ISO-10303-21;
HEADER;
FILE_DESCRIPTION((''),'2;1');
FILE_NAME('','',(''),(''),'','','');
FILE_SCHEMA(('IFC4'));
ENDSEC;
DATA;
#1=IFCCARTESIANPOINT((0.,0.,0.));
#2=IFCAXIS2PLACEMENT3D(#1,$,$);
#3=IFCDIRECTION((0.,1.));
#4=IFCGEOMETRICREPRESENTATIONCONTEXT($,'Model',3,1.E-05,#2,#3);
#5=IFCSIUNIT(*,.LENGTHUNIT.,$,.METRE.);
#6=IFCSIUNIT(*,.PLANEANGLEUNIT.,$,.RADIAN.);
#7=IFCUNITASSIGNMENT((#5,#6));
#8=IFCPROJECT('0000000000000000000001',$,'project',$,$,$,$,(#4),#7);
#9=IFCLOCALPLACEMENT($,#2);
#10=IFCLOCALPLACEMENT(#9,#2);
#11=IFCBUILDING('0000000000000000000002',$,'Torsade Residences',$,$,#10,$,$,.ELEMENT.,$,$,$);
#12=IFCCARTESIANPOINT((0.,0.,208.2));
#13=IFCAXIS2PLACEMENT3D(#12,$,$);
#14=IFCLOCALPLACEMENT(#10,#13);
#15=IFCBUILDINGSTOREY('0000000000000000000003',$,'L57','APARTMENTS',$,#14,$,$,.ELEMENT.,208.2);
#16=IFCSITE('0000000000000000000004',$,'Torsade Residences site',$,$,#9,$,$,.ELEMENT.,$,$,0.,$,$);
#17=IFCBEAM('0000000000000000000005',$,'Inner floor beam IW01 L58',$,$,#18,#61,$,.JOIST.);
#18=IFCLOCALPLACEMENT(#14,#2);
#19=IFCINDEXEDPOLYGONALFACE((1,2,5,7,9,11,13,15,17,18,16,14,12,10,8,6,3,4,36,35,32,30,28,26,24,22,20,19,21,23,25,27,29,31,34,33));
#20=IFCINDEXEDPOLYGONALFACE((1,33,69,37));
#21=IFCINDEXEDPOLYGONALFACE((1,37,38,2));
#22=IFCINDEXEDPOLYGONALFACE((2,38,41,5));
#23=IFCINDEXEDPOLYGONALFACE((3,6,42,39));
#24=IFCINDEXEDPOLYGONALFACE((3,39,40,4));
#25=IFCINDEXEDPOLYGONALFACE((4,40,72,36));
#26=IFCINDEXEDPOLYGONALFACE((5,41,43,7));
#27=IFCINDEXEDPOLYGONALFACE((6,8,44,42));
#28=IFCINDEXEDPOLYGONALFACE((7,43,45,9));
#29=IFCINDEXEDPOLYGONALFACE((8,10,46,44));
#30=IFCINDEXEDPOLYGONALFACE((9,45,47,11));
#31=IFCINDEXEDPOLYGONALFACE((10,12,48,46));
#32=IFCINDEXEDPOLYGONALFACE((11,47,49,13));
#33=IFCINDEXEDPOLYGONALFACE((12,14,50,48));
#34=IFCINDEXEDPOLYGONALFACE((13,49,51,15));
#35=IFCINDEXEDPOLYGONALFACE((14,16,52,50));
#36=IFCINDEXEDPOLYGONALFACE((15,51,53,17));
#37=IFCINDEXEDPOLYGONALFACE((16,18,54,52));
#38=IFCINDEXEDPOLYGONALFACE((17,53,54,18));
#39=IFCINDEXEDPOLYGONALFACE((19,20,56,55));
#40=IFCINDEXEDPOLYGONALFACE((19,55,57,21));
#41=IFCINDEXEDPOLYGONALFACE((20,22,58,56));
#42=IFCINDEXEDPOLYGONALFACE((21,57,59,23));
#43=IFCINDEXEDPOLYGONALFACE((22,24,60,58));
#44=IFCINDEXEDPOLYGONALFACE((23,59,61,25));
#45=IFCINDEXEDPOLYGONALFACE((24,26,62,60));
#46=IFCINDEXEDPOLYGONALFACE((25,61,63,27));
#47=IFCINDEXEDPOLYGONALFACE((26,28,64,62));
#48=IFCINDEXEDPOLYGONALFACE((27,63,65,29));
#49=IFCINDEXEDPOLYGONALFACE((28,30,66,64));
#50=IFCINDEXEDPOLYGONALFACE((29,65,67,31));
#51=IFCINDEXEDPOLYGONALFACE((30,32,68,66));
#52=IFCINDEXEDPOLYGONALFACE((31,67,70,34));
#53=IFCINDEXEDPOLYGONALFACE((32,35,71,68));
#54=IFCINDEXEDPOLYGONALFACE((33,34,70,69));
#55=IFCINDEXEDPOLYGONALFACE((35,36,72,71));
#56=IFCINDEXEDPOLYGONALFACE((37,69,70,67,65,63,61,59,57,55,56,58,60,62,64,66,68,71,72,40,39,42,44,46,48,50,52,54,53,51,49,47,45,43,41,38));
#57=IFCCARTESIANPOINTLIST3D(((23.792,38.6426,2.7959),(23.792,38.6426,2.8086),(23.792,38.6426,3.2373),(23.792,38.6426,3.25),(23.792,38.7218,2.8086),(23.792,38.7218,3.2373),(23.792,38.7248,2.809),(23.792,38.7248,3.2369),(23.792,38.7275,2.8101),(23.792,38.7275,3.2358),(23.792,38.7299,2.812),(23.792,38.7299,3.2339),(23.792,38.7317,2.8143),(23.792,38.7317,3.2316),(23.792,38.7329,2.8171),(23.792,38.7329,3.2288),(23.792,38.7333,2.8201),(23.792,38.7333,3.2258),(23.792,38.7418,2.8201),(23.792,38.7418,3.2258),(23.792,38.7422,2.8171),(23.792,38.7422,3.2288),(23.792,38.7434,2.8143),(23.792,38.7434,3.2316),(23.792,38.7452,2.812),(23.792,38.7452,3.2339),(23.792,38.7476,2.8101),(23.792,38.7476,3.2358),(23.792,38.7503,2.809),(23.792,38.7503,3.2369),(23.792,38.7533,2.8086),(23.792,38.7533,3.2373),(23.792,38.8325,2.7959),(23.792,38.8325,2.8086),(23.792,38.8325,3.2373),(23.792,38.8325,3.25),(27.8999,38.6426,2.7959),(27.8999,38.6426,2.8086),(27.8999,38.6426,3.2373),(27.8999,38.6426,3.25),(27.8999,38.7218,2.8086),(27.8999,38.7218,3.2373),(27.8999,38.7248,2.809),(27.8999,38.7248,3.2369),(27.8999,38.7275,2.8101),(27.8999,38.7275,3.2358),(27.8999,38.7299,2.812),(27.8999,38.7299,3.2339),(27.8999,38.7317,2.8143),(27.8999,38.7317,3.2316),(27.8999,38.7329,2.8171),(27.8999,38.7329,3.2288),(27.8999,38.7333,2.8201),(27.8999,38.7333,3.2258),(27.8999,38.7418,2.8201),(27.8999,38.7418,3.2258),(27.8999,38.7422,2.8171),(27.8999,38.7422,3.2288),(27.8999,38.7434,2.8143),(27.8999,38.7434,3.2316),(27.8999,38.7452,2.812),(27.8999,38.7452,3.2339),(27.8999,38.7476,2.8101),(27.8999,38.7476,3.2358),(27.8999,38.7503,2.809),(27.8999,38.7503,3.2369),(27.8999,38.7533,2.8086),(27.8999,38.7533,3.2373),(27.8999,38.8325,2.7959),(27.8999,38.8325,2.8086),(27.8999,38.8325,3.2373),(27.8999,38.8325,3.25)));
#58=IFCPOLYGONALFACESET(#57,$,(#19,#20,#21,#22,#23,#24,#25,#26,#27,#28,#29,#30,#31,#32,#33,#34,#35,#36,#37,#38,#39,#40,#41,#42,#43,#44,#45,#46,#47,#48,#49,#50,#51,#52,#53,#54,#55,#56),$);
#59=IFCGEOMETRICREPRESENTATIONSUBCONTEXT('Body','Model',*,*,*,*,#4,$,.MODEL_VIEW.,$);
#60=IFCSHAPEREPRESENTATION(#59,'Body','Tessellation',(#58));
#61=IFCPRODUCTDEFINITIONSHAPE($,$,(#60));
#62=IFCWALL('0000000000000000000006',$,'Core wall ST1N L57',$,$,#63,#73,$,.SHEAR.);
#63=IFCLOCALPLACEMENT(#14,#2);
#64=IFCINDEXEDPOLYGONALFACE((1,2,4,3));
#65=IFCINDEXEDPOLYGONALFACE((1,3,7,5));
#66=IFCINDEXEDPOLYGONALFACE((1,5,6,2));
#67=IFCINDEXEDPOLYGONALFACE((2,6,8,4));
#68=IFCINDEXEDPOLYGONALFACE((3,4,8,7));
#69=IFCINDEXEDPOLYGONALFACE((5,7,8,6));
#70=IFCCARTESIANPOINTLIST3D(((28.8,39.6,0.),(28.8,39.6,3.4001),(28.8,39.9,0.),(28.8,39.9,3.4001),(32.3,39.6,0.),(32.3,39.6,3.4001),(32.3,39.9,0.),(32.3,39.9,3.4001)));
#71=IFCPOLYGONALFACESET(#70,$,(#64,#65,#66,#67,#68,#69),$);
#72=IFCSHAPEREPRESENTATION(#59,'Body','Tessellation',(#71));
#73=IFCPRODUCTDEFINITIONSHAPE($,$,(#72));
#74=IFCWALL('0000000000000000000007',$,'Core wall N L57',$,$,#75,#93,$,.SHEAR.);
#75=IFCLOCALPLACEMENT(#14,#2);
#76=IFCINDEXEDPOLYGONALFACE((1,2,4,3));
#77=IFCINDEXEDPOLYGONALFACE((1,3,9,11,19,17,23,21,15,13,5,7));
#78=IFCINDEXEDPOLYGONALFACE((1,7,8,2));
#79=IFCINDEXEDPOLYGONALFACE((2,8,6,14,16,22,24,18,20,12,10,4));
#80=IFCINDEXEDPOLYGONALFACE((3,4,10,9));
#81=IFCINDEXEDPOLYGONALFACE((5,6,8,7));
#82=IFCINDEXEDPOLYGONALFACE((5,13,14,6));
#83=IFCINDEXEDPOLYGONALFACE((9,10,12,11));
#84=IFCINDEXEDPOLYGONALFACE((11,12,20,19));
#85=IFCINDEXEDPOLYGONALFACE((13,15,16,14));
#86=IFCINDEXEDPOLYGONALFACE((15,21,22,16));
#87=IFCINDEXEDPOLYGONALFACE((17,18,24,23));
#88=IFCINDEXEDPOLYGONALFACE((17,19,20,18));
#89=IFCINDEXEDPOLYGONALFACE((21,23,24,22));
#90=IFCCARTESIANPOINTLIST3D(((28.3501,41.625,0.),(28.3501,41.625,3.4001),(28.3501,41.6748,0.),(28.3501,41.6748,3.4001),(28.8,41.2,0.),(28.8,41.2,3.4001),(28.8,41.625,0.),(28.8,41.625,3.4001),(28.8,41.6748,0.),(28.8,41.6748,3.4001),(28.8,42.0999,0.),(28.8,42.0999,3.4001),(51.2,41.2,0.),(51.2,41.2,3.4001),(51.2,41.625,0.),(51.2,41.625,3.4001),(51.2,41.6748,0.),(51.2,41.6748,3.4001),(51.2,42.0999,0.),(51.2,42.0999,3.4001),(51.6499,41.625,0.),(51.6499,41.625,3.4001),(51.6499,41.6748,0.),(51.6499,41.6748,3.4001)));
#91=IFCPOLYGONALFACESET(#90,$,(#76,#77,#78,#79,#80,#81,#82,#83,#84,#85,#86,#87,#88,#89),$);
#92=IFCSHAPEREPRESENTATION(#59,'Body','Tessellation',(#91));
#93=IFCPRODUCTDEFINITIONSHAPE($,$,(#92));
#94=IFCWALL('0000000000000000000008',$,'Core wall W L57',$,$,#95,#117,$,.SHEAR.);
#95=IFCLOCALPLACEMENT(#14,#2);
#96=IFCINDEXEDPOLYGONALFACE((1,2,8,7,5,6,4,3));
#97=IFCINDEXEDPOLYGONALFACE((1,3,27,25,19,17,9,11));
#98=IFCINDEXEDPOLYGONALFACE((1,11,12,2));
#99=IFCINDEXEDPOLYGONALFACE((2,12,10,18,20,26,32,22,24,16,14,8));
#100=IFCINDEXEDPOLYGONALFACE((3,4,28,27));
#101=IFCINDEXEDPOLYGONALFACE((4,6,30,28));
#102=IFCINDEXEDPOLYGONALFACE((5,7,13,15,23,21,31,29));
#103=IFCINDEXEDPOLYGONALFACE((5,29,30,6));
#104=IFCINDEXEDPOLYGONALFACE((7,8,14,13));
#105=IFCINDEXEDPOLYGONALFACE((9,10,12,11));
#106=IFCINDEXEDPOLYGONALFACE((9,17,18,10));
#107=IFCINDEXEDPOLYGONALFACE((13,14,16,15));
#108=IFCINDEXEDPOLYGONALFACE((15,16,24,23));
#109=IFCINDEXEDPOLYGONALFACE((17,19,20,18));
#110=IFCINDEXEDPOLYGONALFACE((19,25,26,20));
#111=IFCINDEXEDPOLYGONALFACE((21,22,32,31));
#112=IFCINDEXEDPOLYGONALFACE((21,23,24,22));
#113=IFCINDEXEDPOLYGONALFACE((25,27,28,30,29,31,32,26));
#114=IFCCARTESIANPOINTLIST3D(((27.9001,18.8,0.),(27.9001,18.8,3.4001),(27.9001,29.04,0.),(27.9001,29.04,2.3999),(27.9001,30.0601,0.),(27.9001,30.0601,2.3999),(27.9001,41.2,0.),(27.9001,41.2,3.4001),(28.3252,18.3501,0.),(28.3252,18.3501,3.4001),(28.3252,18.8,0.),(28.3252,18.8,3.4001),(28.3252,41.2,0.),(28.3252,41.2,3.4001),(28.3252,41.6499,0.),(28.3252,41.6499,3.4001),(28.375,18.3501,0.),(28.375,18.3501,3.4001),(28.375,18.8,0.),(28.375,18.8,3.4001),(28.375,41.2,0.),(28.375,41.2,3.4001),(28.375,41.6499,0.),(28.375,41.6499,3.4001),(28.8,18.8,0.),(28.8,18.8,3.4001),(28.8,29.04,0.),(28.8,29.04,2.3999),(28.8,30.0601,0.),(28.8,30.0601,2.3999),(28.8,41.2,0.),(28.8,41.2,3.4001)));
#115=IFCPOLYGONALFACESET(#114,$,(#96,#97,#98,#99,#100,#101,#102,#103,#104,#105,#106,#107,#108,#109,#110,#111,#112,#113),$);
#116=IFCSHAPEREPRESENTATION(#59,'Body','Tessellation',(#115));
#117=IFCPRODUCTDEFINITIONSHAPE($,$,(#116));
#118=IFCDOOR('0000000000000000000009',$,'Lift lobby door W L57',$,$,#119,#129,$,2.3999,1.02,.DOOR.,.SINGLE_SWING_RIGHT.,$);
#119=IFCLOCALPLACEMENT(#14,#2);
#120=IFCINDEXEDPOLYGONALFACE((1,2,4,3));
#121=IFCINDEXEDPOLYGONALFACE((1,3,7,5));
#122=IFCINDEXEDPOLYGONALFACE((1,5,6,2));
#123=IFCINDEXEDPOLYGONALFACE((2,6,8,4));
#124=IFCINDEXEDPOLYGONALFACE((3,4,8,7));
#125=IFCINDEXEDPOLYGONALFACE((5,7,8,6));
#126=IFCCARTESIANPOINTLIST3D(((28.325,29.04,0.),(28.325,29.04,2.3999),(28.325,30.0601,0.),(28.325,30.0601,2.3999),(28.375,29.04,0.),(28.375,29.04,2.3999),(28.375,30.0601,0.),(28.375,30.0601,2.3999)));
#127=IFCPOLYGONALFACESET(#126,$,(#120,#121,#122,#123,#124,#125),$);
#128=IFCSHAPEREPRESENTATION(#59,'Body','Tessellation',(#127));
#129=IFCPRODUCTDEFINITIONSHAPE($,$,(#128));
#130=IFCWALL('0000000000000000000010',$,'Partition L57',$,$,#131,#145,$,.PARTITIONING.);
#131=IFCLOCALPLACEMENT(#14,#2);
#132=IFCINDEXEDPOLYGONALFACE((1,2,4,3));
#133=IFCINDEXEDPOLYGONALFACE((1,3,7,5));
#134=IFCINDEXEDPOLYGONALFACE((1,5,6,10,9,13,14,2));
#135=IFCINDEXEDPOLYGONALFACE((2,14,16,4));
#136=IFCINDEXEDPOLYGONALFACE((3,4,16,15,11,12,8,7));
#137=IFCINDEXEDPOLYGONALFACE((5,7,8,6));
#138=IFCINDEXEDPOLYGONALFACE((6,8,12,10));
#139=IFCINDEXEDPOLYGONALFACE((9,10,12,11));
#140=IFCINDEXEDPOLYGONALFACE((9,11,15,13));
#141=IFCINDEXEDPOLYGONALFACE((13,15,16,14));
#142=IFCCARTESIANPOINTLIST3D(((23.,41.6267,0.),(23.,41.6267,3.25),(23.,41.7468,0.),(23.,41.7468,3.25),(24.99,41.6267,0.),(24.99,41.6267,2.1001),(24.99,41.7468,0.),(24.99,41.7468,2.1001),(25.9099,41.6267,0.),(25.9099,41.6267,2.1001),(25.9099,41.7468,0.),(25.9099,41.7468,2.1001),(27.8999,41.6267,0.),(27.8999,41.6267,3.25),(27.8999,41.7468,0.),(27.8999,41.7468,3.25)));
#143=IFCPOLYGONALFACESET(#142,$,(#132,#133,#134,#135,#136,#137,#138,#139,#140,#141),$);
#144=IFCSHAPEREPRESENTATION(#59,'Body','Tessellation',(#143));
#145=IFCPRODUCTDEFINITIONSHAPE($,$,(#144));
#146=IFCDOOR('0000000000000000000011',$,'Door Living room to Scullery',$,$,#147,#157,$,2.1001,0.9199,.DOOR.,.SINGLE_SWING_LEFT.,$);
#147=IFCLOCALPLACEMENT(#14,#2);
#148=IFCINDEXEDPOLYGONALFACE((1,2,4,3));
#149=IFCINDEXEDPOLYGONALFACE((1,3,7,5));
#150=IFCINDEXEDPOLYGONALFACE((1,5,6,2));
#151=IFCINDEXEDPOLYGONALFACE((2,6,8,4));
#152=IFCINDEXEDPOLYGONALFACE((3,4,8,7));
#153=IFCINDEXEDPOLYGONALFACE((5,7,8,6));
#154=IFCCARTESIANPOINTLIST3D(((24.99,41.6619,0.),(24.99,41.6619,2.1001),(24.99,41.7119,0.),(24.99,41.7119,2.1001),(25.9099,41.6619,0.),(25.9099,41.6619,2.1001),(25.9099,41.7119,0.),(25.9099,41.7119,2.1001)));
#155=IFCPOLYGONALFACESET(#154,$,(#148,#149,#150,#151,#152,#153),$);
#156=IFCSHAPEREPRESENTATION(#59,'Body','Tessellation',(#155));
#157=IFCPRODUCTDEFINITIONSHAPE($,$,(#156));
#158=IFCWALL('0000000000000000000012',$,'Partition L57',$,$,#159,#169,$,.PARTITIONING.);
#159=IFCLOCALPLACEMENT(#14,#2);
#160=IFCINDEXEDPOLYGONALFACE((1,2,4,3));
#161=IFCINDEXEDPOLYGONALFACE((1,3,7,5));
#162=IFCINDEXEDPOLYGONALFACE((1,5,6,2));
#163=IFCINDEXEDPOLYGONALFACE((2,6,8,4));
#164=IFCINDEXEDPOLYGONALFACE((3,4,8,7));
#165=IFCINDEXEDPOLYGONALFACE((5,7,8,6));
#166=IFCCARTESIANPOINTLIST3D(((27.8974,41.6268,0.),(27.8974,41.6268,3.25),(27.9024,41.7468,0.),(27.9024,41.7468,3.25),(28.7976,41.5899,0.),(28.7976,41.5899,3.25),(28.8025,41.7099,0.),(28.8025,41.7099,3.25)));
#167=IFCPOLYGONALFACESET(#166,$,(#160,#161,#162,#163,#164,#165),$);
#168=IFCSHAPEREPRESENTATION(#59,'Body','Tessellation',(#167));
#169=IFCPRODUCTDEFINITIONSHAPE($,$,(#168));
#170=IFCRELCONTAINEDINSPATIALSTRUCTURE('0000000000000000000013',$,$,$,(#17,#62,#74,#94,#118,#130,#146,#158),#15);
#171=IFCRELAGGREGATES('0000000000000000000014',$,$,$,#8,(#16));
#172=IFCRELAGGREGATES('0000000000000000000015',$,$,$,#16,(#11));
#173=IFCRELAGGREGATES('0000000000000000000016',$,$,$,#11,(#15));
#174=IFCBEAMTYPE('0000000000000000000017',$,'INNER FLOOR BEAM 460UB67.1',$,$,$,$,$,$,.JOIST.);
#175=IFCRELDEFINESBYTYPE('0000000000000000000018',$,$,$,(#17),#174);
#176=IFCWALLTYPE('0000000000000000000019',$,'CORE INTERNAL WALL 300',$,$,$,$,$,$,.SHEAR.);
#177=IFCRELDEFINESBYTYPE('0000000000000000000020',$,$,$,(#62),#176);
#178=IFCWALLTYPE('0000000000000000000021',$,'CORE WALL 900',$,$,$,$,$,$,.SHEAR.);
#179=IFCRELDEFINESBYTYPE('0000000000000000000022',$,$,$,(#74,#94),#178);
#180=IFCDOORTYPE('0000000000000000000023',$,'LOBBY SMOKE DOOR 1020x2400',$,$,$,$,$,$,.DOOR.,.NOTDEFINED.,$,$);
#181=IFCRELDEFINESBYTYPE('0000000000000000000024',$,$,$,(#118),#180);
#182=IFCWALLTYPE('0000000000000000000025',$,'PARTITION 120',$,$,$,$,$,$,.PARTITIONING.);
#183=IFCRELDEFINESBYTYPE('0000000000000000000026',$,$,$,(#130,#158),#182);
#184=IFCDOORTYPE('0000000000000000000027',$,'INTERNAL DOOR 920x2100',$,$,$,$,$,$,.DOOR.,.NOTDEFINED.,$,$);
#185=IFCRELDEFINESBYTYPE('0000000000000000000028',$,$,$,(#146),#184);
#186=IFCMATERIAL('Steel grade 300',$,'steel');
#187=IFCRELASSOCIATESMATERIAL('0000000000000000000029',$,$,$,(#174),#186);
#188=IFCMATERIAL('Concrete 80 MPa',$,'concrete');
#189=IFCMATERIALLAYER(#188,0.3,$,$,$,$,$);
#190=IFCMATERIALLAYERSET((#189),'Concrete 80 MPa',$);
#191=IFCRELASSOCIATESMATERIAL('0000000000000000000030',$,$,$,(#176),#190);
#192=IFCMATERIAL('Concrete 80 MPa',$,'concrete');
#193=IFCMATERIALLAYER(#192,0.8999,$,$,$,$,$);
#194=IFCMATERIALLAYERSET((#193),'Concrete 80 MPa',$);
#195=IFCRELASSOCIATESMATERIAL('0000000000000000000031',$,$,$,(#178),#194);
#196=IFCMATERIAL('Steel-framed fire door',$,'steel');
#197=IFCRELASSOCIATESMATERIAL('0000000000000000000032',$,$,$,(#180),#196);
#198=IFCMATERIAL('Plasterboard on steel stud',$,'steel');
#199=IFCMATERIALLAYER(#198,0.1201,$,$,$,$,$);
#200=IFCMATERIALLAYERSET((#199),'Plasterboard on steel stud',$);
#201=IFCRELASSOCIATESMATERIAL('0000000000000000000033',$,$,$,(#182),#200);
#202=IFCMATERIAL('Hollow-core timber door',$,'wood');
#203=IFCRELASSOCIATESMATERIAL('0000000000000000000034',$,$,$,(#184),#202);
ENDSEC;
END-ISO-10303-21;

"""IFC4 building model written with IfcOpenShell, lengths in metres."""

from ifc_helpers import new_model, si_unit, direction, frame, frame_2d, origin, origin_2d, place, context, subcontext, project, spatial, polyline, rectangle, i_section, outline, extrude, material, layer, layer_set, material_profile, profile_set, type_object, element, fill, save


model = new_model("IFC4")

# Units and contexts
model_context = context("Model", 3, precision=1e-05, world=origin(), true_north=direction((0.0, 1.0)))
body_context = subcontext(model_context, "Body", "Model", "MODEL_VIEW")
ifc_project = project(units=[si_unit("LENGTHUNIT", "METRE"), si_unit("PLANEANGLEUNIT", "RADIAN")], contexts=[model_context])

# Site, building, storey
site_placement = place(None, origin())
site = spatial("IfcSite", under=ifc_project, at=site_placement, Name="Torsade Residences site", CompositionType="ELEMENT", RefElevation=0.0)
building_placement = place(site_placement, origin())
building = spatial("IfcBuilding", under=site, at=building_placement, Name="Torsade Residences", CompositionType="ELEMENT")
storey_placement = place(building_placement, frame((0.0, 0.0, 208.2)))
storey = spatial("IfcBuildingStorey", under=building, at=storey_placement, Name="L57", Description="APARTMENTS", CompositionType="ELEMENT", Elevation=208.2)

# Beam
ifc_material_1 = material(Name="Steel grade 300", Category="steel")
ifc_material_profile_1 = material_profile(ifc_material_1, i_section(OverallWidth=0.1899, OverallDepth=0.4541, WebThickness=0.0085, FlangeThickness=0.0127, FilletRadius=0.0115, at=origin_2d()), Name="460UB67.1")
ifc_profile_set_1 = profile_set([ifc_material_profile_1], Name="Steel grade 300")
beam_type = type_object("IfcBeamType", Name="INNER FLOOR BEAM 460UB67.1", PredefinedType="JOIST", material=ifc_profile_set_1)
beam_1_placement = place(storey_placement, frame((27.8999, 38.7375, 3.0229), z_axis=(-1.0, 0.0, 0.0), x_axis=(0.0, -1.0, 0.0)))
element("IfcBeam", 1, at=beam_1_placement, inside=storey, type_object=beam_type, Name="Inner floor beam IW01 L58", PredefinedType="JOIST", context=body_context, shape_type="SweptSolid", body=[
    extrude(i_section(OverallWidth=0.1899, OverallDepth=0.4541, WebThickness=0.0085, FlangeThickness=0.0127, FilletRadius=0.0115, at=origin_2d()), origin(), (0.0, 0.0, 1.0), 4.1079),
])

# Walls
ifc_material_2 = material(Name="Concrete 80 MPa", Category="concrete")
ifc_layer_1 = layer(ifc_material_2, 0.3)
ifc_layer_set_1 = layer_set([ifc_layer_1], Name="Concrete 80 MPa")
wall_type_1 = type_object("IfcWallType", Name="CORE INTERNAL WALL 300", PredefinedType="SHEAR", material=ifc_layer_set_1)
wall_1_placement = place(storey_placement, frame((28.8, 39.75, 0.0), z_axis=(0.0, 0.0, 1.0), x_axis=(1.0, 0.0, 0.0)))
element("IfcWall", 2, at=wall_1_placement, inside=storey, type_object=wall_type_1, Name="Core wall ST1N L57", PredefinedType="SHEAR", context=body_context, shape_type="SweptSolid", body=[
    extrude(rectangle(XDim=3.5, YDim=0.3, at=frame_2d((1.75, 0.0))), origin(), (0.0, 0.0, 1.0), 3.4001),
])
ifc_material_3 = material(Name="Concrete 80 MPa", Category="concrete")
ifc_layer_2 = layer(ifc_material_3, 0.8999)
ifc_layer_set_2 = layer_set([ifc_layer_2], Name="Concrete 80 MPa")
wall_type_2 = type_object("IfcWallType", Name="CORE WALL 900", PredefinedType="SHEAR", material=ifc_layer_set_2)
wall_2_placement = place(storey_placement, frame((28.8, 41.6499, 0.0), z_axis=(0.0, 0.0, 1.0), x_axis=(1.0, 0.0, 0.0)))
element("IfcWall", 3, at=wall_2_placement, inside=storey, type_object=wall_type_2, Name="Core wall N L57", PredefinedType="SHEAR", context=body_context, shape_type="SweptSolid", body=[
    extrude(outline(polyline([(0.0, -0.45), (22.3999, -0.45), (22.3999, -0.0249), (22.8499, -0.0249), (22.8499, 0.0249), (22.3999, 0.0249), (22.3999, 0.45), (0.0, 0.45), (0.0, 0.0249), (-0.45, 0.0249), (-0.45, -0.0249), (0.0, -0.0249), (0.0, -0.45)])), origin(), (0.0, 0.0, 1.0), 3.4001),
])

# Walls, openings, doors
wall_3_placement = place(storey_placement, frame((28.3501, 41.2, 0.0), z_axis=(0.0, 0.0, 1.0), x_axis=(0.0, -1.0, 0.0)))
wall_3 = element("IfcWall", 4, at=wall_3_placement, inside=storey, type_object=wall_type_2, Name="Core wall W L57", PredefinedType="SHEAR", context=body_context, shape_type="SweptSolid", body=[
    extrude(outline(polyline([(0.0, -0.45), (22.3999, -0.45), (22.3999, -0.0249), (22.8499, -0.0249), (22.8499, 0.0249), (22.3999, 0.0249), (22.3999, 0.45), (0.0, 0.45), (0.0, 0.0249), (-0.45, 0.0249), (-0.45, -0.0249), (0.0, -0.0249), (0.0, -0.45)])), origin(), (0.0, 0.0, 1.0), 3.4001),
])
opening_1_placement = place(wall_3_placement, frame((11.1399, 0.0, 0.0)))
opening_1 = element("IfcOpeningElement", 5, at=opening_1_placement, cuts=wall_3, PredefinedType="OPENING", context=body_context, shape_type="SweptSolid", body=[
    extrude(rectangle(XDim=1.02, YDim=2.3999, at=frame_2d((0.51, 1.2))), frame((0.0, 0.46, 0.0), z_axis=(0.0, -1.0, 0.0), x_axis=(1.0, 0.0, 0.0)), (0.0, 0.0, 1.0), 0.9199),
])
ifc_material_4 = material(Name="Steel-framed fire door", Category="steel")
door_type_1 = type_object("IfcDoorType", Name="LOBBY SMOKE DOOR 1020x2400", OperationType="NOTDEFINED", PredefinedType="DOOR", material=ifc_material_4)
door_1_placement = place(opening_1_placement, origin())
door_1 = element("IfcDoor", 6, at=door_1_placement, inside=storey, type_object=door_type_1, Name="Lift lobby door W L57", OperationType="SINGLE_SWING_RIGHT", OverallHeight=2.3999, OverallWidth=1.02, PredefinedType="DOOR", context=body_context, shape_type="SweptSolid", body=[
    extrude(rectangle(XDim=1.02, YDim=2.3999, at=frame_2d((0.51, 1.2))), frame((0.0, 0.0249, 0.0), z_axis=(0.0, -1.0, 0.0), x_axis=(1.0, 0.0, 0.0)), (0.0, 0.0, 1.0), 0.05),
])
fill(opening_1, door_1)
ifc_material_5 = material(Name="Plasterboard on steel stud", Category="steel")
ifc_layer_3 = layer(ifc_material_5, 0.1201)
ifc_layer_set_3 = layer_set([ifc_layer_3], Name="Plasterboard on steel stud")
wall_type_3 = type_object("IfcWallType", Name="PARTITION 120", PredefinedType="PARTITIONING", material=ifc_layer_set_3)
wall_4_placement = place(storey_placement, frame((27.8999, 41.6868, 0.0), z_axis=(0.0, 0.0, 1.0), x_axis=(-1.0, 0.0, 0.0)))
wall_4 = element("IfcWall", 7, at=wall_4_placement, inside=storey, type_object=wall_type_3, Name="Partition L57", PredefinedType="PARTITIONING", context=body_context, shape_type="SweptSolid", body=[
    extrude(rectangle(XDim=4.8999, YDim=0.1201, at=frame_2d((2.45, 0.0))), origin(), (0.0, 0.0, 1.0), 3.25),
])
opening_2_placement = place(wall_4_placement, frame((1.99, 0.0, 0.0)))
opening_2 = element("IfcOpeningElement", 8, at=opening_2_placement, cuts=wall_4, PredefinedType="OPENING", context=body_context, shape_type="SweptSolid", body=[
    extrude(rectangle(XDim=0.9199, YDim=2.1001, at=frame_2d((0.46, 1.05))), frame((0.0, 0.0701, 0.0), z_axis=(0.0, -1.0, 0.0), x_axis=(1.0, 0.0, 0.0)), (0.0, 0.0, 1.0), 0.1401),
])
ifc_material_6 = material(Name="Hollow-core timber door", Category="wood")
door_type_2 = type_object("IfcDoorType", Name="INTERNAL DOOR 920x2100", OperationType="NOTDEFINED", PredefinedType="DOOR", material=ifc_material_6)
door_2_placement = place(opening_2_placement, origin())
door_2 = element("IfcDoor", 9, at=door_2_placement, inside=storey, type_object=door_type_2, Name="Door Living room to Scullery", OperationType="SINGLE_SWING_LEFT", OverallHeight=2.1001, OverallWidth=0.9199, PredefinedType="DOOR", context=body_context, shape_type="SweptSolid", body=[
    extrude(rectangle(XDim=0.9199, YDim=2.1001, at=frame_2d((0.46, 1.05))), frame((0.0, 0.0249, 0.0), z_axis=(0.0, -1.0, 0.0), x_axis=(1.0, 0.0, 0.0)), (0.0, 0.0, 1.0), 0.05),
])
fill(opening_2, door_2)

# Wall
wall_5_placement = place(storey_placement, frame((27.8999, 41.6868, 0.0), z_axis=(0.0, 0.0, 1.0), x_axis=(0.999162, -0.04092, 0.0)))
element("IfcWall", 10, at=wall_5_placement, inside=storey, type_object=wall_type_3, Name="Partition L57", PredefinedType="PARTITIONING", context=body_context, shape_type="SweptSolid", body=[
    extrude(rectangle(XDim=0.9009, YDim=0.1201, at=frame_2d((0.4504, 0.0))), origin(), (0.0, 0.0, 1.0), 3.25),
])

save(model, "model.ifc")
